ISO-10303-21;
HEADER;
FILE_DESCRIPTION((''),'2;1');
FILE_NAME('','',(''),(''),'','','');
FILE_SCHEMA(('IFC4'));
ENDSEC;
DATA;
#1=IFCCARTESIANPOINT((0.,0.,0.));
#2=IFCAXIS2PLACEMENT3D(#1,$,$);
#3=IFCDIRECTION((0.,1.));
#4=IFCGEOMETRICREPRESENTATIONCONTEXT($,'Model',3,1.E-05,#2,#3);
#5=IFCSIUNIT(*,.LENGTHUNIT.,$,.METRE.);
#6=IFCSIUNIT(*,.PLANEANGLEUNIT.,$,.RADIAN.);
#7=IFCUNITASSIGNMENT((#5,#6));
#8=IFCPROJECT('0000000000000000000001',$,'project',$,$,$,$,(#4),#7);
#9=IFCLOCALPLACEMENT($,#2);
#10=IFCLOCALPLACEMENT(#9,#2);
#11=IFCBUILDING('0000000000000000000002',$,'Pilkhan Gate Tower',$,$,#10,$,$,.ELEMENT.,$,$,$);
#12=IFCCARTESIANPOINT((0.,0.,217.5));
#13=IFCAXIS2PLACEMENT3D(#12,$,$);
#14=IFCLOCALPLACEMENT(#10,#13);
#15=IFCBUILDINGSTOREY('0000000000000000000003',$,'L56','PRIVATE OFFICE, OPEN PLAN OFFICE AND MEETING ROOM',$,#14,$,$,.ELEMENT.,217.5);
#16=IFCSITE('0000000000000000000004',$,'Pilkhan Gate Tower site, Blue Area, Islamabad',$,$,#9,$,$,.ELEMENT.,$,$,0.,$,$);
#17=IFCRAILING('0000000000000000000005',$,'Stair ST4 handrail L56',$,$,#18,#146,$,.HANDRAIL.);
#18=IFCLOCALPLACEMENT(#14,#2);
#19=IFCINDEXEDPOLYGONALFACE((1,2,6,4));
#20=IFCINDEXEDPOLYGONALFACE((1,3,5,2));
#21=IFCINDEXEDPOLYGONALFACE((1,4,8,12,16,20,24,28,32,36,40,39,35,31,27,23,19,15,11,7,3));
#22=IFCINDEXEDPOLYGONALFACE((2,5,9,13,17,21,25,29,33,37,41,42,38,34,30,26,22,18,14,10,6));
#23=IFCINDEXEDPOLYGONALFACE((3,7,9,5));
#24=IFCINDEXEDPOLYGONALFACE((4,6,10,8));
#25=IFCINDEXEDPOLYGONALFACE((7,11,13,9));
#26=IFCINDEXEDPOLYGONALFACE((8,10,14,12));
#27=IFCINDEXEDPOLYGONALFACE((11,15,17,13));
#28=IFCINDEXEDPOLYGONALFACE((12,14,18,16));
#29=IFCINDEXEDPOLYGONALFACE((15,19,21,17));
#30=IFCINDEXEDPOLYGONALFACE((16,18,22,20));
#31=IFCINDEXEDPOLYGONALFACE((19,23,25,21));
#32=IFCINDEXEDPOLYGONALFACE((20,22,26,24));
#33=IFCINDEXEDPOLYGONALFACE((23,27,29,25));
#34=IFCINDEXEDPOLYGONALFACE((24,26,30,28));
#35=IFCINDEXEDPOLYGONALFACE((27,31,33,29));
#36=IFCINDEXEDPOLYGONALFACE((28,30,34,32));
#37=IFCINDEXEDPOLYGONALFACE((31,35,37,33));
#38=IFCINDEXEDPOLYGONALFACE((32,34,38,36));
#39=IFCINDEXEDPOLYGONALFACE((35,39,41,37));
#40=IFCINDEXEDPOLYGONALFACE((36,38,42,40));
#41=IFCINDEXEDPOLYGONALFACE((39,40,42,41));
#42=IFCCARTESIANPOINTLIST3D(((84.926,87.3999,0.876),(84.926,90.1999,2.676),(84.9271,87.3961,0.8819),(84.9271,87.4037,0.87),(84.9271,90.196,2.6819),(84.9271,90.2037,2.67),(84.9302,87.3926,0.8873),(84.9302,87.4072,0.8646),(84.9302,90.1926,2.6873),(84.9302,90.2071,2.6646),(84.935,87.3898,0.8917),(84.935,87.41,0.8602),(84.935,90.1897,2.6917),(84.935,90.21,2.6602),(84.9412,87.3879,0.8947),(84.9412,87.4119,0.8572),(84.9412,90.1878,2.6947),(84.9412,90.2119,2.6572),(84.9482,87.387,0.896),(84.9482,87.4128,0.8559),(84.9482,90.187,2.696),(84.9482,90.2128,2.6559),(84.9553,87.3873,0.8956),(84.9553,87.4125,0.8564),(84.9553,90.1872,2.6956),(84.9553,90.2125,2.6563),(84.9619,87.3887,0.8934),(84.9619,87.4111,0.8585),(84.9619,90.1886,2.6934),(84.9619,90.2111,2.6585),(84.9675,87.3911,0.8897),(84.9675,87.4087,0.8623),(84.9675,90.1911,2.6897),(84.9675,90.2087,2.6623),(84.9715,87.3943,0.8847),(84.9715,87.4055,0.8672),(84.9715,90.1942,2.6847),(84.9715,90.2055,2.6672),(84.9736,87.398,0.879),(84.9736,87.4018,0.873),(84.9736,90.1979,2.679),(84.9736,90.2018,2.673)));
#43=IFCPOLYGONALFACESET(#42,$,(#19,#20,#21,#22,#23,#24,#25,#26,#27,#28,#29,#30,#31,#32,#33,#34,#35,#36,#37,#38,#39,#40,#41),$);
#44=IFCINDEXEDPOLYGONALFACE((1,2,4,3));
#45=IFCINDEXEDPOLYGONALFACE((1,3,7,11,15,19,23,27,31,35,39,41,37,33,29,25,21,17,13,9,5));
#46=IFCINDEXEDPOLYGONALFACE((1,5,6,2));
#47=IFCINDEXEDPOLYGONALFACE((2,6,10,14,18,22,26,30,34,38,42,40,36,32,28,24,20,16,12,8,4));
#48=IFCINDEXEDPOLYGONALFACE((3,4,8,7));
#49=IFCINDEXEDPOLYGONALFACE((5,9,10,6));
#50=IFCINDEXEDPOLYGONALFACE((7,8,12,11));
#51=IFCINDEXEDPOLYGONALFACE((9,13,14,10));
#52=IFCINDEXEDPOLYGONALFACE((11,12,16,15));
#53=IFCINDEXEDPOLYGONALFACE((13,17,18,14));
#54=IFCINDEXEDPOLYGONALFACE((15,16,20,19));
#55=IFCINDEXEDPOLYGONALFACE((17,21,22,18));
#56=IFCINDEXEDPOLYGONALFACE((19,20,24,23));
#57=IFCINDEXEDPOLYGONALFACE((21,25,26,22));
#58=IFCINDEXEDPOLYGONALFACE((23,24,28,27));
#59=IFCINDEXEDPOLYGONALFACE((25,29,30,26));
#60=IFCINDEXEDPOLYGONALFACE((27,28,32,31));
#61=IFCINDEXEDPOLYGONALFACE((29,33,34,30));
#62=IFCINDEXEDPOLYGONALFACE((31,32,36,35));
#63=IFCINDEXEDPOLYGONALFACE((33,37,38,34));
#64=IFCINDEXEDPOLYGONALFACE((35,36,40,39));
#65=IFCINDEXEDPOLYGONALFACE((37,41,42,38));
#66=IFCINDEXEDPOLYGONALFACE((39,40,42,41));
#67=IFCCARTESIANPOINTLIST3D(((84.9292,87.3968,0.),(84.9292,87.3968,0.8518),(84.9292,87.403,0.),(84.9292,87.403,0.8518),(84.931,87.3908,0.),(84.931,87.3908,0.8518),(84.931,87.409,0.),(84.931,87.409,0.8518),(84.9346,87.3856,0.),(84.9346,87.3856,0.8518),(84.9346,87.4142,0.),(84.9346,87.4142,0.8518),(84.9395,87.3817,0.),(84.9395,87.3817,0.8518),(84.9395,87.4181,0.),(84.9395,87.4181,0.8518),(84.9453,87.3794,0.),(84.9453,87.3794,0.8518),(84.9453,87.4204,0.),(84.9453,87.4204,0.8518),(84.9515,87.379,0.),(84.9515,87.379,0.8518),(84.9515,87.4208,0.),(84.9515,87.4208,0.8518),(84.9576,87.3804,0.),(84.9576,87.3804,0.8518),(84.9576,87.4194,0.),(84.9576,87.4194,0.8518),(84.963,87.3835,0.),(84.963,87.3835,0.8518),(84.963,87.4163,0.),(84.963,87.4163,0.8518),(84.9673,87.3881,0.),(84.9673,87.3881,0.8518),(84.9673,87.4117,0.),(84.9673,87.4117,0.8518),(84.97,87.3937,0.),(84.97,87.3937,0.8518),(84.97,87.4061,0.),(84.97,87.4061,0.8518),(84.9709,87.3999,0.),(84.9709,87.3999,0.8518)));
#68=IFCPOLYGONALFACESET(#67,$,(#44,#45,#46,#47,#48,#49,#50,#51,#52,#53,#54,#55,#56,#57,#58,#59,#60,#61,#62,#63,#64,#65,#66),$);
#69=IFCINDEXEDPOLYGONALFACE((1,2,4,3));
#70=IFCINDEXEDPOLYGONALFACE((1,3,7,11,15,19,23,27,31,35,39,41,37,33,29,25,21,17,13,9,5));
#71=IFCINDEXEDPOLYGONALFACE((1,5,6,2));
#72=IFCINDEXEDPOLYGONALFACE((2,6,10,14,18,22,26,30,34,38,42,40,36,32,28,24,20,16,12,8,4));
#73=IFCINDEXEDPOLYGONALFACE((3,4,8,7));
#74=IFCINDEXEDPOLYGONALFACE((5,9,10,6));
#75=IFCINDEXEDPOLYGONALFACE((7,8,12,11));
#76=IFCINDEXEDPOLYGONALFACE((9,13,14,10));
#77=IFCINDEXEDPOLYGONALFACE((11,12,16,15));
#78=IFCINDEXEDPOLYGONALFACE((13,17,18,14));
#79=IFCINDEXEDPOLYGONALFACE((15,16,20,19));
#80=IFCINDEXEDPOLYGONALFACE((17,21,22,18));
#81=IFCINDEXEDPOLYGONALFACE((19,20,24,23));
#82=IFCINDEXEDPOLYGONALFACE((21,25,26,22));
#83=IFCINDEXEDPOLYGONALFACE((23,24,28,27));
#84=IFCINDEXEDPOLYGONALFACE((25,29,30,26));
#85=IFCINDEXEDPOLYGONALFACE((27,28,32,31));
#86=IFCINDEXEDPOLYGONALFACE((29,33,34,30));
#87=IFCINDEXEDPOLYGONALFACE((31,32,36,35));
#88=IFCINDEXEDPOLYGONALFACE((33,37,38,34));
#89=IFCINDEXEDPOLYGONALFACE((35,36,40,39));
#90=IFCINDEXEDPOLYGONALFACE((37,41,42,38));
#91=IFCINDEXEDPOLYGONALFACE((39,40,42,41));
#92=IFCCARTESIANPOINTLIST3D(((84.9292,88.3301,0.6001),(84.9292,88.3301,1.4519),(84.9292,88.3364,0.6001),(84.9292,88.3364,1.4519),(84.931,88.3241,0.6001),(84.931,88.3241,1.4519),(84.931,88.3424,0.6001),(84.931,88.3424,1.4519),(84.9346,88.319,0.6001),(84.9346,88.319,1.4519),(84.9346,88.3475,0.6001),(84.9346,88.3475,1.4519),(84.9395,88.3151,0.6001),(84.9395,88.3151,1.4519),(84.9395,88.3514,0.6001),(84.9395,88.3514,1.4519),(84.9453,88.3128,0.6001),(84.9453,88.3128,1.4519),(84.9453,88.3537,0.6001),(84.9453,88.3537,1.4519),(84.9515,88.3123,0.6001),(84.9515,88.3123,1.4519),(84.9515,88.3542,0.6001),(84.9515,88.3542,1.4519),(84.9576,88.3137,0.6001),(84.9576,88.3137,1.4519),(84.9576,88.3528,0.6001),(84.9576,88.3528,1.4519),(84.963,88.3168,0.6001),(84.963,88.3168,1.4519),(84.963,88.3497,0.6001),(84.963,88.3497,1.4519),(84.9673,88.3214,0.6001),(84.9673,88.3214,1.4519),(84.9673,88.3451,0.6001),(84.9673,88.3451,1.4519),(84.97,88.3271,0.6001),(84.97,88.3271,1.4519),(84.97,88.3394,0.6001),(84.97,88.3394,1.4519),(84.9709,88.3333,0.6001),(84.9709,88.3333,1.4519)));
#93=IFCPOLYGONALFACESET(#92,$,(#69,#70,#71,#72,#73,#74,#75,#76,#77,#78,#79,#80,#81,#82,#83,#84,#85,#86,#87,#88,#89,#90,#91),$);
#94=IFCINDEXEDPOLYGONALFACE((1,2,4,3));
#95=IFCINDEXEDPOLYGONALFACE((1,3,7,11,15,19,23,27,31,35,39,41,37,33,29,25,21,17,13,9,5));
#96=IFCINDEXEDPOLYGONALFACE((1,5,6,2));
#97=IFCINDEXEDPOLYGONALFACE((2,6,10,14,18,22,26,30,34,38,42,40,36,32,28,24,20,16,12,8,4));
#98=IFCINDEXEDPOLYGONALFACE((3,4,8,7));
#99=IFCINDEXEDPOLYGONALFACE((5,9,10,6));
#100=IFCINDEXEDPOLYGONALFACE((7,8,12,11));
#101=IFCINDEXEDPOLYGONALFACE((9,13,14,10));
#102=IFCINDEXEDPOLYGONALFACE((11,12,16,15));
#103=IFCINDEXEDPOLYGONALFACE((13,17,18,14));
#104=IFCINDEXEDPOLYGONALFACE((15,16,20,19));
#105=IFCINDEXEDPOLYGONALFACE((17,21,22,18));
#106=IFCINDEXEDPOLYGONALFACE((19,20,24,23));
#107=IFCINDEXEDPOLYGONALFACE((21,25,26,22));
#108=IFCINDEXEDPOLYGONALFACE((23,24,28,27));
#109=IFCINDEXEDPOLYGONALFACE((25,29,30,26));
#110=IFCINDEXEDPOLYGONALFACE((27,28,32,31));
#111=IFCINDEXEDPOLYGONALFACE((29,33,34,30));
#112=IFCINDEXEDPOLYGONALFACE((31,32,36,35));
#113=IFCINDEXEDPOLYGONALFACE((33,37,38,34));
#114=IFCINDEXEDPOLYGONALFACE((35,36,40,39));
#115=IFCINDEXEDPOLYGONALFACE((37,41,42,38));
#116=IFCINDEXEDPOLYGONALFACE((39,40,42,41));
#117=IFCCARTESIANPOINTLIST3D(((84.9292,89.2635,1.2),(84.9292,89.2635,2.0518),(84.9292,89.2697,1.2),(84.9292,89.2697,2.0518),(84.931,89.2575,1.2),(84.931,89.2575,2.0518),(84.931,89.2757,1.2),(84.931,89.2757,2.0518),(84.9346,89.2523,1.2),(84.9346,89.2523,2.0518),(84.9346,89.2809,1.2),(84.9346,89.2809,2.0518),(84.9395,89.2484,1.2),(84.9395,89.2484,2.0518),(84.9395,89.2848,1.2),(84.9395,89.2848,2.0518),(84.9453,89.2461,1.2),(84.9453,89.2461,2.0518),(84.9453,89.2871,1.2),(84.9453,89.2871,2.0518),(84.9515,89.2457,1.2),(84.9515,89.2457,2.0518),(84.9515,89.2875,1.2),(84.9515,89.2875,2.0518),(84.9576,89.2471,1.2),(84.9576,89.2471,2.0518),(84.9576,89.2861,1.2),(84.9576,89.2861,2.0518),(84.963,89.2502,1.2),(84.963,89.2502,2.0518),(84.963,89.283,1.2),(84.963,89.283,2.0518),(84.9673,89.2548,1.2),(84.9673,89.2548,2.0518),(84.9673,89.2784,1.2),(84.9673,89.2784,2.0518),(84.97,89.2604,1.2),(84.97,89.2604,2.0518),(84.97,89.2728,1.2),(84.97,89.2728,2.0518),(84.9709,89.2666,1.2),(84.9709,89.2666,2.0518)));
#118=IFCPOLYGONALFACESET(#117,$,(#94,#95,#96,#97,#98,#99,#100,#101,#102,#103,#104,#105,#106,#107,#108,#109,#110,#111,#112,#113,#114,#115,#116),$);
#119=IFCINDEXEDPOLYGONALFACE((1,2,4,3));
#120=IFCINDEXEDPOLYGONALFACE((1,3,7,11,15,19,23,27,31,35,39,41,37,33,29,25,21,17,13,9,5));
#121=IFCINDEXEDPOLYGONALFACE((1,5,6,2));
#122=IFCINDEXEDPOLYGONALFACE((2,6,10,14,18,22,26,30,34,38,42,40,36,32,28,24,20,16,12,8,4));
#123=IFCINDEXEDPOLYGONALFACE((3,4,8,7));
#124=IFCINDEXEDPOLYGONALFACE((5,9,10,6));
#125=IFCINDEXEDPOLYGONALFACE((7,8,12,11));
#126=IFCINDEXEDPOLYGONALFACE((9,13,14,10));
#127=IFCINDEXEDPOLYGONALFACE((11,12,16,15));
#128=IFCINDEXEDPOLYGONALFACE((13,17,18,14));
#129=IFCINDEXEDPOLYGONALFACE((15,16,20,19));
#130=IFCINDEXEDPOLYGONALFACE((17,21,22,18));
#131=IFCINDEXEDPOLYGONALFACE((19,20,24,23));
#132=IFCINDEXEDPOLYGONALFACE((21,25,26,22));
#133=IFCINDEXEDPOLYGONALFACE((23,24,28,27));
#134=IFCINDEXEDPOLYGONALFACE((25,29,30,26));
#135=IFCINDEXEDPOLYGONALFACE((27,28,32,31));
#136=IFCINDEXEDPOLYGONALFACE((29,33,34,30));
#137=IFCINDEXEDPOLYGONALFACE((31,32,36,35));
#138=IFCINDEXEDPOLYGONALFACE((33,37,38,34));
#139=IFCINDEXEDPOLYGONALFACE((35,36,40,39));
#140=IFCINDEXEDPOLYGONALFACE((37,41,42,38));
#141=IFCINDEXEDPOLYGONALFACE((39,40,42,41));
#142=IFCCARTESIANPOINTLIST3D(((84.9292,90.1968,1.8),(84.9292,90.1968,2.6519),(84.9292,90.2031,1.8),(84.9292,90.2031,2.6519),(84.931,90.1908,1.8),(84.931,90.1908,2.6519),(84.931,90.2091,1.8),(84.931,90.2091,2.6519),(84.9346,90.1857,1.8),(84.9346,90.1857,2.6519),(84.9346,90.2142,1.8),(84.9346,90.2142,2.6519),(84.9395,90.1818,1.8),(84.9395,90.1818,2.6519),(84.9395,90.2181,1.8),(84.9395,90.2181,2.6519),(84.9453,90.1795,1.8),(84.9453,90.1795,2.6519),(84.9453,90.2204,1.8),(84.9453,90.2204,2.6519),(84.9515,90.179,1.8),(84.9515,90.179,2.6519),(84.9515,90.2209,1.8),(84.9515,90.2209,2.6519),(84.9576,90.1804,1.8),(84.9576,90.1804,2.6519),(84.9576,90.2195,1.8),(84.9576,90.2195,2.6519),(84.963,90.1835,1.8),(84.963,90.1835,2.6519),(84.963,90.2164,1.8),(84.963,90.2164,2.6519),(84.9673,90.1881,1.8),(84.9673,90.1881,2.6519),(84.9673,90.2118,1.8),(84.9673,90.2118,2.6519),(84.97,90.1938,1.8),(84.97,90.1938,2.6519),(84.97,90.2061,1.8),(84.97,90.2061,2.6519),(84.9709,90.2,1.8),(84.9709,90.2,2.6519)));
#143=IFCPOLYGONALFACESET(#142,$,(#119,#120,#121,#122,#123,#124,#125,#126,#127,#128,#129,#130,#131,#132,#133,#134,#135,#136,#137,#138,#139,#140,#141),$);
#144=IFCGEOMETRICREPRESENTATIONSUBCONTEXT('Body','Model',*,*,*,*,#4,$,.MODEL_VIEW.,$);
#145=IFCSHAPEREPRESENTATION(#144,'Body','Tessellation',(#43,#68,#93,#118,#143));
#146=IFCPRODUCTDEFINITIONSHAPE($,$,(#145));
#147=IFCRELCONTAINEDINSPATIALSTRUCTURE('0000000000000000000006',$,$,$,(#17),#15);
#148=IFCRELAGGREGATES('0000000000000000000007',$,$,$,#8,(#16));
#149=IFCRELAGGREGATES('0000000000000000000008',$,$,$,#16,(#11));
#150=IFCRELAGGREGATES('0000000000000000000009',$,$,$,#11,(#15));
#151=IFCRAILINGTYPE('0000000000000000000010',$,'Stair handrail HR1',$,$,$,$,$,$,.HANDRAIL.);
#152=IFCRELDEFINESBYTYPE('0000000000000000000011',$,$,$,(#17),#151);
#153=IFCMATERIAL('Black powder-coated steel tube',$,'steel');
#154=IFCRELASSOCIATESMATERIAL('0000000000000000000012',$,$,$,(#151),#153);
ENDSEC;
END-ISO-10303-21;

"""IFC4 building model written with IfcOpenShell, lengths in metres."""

from ifc_helpers import new_model, si_unit, direction, frame, origin, origin_2d, place, context, subcontext, project, spatial, circle, extrude, material, type_object, element, save


model = new_model("IFC4")

# Units and contexts
model_context = context("Model", 3, precision=1e-05, world=origin(), true_north=direction((0.0, 1.0)))
body_context = subcontext(model_context, "Body", "Model", "MODEL_VIEW")
ifc_project = project(units=[si_unit("LENGTHUNIT", "METRE"), si_unit("PLANEANGLEUNIT", "RADIAN")], contexts=[model_context])

# Site, building, storey
site_placement = place(None, origin())
site = spatial("IfcSite", under=ifc_project, at=site_placement, Name="Pilkhan Gate Tower site, Blue Area, Islamabad", CompositionType="ELEMENT", RefElevation=0.0)
building_placement = place(site_placement, origin())
building = spatial("IfcBuilding", under=site, at=building_placement, Name="Pilkhan Gate Tower", CompositionType="ELEMENT")
storey_placement = place(building_placement, frame((0.0, 0.0, 217.5)))
storey = spatial("IfcBuildingStorey", under=building, at=storey_placement, Name="L56", Description="PRIVATE OFFICE, OPEN PLAN OFFICE AND MEETING ROOM", CompositionType="ELEMENT", Elevation=217.5)

# Railing
ifc_material_1 = material(Name="Black powder-coated steel tube", Category="steel")
railing_type_1 = type_object("IfcRailingType", Name="Stair handrail HR1", PredefinedType="HANDRAIL", material=ifc_material_1)
railing_1_placement = place(storey_placement, frame((84.95, 87.3999, 0.0)))
element("IfcRailing", 1, at=railing_1_placement, inside=storey, type_object=railing_type_1, Name="Stair ST4 handrail L56", PredefinedType="HANDRAIL", context=body_context, shape_type="SweptSolid", body=[
    extrude(circle(Radius=0.0239, at=origin_2d()), frame((0.0, 0.0, 0.876), z_axis=(0.0, 0.841176, 0.540761), x_axis=(-1.0, 0.0, 0.0)), (0.0, 0.0, 1.0), 3.3286),
    extrude(circle(Radius=0.021, at=origin_2d()), origin(), (0.0, 0.0, 1.0), 0.8518),
    extrude(circle(Radius=0.021, at=origin_2d()), frame((0.0, 0.9333, 0.6001)), (0.0, 0.0, 1.0), 0.8518),
    extrude(circle(Radius=0.021, at=origin_2d()), frame((0.0, 1.8667, 1.2)), (0.0, 0.0, 1.0), 0.8518),
    extrude(circle(Radius=0.021, at=origin_2d()), frame((0.0, 2.8, 1.8)), (0.0, 0.0, 1.0), 0.8518),
])

save(model, "model.ifc")
